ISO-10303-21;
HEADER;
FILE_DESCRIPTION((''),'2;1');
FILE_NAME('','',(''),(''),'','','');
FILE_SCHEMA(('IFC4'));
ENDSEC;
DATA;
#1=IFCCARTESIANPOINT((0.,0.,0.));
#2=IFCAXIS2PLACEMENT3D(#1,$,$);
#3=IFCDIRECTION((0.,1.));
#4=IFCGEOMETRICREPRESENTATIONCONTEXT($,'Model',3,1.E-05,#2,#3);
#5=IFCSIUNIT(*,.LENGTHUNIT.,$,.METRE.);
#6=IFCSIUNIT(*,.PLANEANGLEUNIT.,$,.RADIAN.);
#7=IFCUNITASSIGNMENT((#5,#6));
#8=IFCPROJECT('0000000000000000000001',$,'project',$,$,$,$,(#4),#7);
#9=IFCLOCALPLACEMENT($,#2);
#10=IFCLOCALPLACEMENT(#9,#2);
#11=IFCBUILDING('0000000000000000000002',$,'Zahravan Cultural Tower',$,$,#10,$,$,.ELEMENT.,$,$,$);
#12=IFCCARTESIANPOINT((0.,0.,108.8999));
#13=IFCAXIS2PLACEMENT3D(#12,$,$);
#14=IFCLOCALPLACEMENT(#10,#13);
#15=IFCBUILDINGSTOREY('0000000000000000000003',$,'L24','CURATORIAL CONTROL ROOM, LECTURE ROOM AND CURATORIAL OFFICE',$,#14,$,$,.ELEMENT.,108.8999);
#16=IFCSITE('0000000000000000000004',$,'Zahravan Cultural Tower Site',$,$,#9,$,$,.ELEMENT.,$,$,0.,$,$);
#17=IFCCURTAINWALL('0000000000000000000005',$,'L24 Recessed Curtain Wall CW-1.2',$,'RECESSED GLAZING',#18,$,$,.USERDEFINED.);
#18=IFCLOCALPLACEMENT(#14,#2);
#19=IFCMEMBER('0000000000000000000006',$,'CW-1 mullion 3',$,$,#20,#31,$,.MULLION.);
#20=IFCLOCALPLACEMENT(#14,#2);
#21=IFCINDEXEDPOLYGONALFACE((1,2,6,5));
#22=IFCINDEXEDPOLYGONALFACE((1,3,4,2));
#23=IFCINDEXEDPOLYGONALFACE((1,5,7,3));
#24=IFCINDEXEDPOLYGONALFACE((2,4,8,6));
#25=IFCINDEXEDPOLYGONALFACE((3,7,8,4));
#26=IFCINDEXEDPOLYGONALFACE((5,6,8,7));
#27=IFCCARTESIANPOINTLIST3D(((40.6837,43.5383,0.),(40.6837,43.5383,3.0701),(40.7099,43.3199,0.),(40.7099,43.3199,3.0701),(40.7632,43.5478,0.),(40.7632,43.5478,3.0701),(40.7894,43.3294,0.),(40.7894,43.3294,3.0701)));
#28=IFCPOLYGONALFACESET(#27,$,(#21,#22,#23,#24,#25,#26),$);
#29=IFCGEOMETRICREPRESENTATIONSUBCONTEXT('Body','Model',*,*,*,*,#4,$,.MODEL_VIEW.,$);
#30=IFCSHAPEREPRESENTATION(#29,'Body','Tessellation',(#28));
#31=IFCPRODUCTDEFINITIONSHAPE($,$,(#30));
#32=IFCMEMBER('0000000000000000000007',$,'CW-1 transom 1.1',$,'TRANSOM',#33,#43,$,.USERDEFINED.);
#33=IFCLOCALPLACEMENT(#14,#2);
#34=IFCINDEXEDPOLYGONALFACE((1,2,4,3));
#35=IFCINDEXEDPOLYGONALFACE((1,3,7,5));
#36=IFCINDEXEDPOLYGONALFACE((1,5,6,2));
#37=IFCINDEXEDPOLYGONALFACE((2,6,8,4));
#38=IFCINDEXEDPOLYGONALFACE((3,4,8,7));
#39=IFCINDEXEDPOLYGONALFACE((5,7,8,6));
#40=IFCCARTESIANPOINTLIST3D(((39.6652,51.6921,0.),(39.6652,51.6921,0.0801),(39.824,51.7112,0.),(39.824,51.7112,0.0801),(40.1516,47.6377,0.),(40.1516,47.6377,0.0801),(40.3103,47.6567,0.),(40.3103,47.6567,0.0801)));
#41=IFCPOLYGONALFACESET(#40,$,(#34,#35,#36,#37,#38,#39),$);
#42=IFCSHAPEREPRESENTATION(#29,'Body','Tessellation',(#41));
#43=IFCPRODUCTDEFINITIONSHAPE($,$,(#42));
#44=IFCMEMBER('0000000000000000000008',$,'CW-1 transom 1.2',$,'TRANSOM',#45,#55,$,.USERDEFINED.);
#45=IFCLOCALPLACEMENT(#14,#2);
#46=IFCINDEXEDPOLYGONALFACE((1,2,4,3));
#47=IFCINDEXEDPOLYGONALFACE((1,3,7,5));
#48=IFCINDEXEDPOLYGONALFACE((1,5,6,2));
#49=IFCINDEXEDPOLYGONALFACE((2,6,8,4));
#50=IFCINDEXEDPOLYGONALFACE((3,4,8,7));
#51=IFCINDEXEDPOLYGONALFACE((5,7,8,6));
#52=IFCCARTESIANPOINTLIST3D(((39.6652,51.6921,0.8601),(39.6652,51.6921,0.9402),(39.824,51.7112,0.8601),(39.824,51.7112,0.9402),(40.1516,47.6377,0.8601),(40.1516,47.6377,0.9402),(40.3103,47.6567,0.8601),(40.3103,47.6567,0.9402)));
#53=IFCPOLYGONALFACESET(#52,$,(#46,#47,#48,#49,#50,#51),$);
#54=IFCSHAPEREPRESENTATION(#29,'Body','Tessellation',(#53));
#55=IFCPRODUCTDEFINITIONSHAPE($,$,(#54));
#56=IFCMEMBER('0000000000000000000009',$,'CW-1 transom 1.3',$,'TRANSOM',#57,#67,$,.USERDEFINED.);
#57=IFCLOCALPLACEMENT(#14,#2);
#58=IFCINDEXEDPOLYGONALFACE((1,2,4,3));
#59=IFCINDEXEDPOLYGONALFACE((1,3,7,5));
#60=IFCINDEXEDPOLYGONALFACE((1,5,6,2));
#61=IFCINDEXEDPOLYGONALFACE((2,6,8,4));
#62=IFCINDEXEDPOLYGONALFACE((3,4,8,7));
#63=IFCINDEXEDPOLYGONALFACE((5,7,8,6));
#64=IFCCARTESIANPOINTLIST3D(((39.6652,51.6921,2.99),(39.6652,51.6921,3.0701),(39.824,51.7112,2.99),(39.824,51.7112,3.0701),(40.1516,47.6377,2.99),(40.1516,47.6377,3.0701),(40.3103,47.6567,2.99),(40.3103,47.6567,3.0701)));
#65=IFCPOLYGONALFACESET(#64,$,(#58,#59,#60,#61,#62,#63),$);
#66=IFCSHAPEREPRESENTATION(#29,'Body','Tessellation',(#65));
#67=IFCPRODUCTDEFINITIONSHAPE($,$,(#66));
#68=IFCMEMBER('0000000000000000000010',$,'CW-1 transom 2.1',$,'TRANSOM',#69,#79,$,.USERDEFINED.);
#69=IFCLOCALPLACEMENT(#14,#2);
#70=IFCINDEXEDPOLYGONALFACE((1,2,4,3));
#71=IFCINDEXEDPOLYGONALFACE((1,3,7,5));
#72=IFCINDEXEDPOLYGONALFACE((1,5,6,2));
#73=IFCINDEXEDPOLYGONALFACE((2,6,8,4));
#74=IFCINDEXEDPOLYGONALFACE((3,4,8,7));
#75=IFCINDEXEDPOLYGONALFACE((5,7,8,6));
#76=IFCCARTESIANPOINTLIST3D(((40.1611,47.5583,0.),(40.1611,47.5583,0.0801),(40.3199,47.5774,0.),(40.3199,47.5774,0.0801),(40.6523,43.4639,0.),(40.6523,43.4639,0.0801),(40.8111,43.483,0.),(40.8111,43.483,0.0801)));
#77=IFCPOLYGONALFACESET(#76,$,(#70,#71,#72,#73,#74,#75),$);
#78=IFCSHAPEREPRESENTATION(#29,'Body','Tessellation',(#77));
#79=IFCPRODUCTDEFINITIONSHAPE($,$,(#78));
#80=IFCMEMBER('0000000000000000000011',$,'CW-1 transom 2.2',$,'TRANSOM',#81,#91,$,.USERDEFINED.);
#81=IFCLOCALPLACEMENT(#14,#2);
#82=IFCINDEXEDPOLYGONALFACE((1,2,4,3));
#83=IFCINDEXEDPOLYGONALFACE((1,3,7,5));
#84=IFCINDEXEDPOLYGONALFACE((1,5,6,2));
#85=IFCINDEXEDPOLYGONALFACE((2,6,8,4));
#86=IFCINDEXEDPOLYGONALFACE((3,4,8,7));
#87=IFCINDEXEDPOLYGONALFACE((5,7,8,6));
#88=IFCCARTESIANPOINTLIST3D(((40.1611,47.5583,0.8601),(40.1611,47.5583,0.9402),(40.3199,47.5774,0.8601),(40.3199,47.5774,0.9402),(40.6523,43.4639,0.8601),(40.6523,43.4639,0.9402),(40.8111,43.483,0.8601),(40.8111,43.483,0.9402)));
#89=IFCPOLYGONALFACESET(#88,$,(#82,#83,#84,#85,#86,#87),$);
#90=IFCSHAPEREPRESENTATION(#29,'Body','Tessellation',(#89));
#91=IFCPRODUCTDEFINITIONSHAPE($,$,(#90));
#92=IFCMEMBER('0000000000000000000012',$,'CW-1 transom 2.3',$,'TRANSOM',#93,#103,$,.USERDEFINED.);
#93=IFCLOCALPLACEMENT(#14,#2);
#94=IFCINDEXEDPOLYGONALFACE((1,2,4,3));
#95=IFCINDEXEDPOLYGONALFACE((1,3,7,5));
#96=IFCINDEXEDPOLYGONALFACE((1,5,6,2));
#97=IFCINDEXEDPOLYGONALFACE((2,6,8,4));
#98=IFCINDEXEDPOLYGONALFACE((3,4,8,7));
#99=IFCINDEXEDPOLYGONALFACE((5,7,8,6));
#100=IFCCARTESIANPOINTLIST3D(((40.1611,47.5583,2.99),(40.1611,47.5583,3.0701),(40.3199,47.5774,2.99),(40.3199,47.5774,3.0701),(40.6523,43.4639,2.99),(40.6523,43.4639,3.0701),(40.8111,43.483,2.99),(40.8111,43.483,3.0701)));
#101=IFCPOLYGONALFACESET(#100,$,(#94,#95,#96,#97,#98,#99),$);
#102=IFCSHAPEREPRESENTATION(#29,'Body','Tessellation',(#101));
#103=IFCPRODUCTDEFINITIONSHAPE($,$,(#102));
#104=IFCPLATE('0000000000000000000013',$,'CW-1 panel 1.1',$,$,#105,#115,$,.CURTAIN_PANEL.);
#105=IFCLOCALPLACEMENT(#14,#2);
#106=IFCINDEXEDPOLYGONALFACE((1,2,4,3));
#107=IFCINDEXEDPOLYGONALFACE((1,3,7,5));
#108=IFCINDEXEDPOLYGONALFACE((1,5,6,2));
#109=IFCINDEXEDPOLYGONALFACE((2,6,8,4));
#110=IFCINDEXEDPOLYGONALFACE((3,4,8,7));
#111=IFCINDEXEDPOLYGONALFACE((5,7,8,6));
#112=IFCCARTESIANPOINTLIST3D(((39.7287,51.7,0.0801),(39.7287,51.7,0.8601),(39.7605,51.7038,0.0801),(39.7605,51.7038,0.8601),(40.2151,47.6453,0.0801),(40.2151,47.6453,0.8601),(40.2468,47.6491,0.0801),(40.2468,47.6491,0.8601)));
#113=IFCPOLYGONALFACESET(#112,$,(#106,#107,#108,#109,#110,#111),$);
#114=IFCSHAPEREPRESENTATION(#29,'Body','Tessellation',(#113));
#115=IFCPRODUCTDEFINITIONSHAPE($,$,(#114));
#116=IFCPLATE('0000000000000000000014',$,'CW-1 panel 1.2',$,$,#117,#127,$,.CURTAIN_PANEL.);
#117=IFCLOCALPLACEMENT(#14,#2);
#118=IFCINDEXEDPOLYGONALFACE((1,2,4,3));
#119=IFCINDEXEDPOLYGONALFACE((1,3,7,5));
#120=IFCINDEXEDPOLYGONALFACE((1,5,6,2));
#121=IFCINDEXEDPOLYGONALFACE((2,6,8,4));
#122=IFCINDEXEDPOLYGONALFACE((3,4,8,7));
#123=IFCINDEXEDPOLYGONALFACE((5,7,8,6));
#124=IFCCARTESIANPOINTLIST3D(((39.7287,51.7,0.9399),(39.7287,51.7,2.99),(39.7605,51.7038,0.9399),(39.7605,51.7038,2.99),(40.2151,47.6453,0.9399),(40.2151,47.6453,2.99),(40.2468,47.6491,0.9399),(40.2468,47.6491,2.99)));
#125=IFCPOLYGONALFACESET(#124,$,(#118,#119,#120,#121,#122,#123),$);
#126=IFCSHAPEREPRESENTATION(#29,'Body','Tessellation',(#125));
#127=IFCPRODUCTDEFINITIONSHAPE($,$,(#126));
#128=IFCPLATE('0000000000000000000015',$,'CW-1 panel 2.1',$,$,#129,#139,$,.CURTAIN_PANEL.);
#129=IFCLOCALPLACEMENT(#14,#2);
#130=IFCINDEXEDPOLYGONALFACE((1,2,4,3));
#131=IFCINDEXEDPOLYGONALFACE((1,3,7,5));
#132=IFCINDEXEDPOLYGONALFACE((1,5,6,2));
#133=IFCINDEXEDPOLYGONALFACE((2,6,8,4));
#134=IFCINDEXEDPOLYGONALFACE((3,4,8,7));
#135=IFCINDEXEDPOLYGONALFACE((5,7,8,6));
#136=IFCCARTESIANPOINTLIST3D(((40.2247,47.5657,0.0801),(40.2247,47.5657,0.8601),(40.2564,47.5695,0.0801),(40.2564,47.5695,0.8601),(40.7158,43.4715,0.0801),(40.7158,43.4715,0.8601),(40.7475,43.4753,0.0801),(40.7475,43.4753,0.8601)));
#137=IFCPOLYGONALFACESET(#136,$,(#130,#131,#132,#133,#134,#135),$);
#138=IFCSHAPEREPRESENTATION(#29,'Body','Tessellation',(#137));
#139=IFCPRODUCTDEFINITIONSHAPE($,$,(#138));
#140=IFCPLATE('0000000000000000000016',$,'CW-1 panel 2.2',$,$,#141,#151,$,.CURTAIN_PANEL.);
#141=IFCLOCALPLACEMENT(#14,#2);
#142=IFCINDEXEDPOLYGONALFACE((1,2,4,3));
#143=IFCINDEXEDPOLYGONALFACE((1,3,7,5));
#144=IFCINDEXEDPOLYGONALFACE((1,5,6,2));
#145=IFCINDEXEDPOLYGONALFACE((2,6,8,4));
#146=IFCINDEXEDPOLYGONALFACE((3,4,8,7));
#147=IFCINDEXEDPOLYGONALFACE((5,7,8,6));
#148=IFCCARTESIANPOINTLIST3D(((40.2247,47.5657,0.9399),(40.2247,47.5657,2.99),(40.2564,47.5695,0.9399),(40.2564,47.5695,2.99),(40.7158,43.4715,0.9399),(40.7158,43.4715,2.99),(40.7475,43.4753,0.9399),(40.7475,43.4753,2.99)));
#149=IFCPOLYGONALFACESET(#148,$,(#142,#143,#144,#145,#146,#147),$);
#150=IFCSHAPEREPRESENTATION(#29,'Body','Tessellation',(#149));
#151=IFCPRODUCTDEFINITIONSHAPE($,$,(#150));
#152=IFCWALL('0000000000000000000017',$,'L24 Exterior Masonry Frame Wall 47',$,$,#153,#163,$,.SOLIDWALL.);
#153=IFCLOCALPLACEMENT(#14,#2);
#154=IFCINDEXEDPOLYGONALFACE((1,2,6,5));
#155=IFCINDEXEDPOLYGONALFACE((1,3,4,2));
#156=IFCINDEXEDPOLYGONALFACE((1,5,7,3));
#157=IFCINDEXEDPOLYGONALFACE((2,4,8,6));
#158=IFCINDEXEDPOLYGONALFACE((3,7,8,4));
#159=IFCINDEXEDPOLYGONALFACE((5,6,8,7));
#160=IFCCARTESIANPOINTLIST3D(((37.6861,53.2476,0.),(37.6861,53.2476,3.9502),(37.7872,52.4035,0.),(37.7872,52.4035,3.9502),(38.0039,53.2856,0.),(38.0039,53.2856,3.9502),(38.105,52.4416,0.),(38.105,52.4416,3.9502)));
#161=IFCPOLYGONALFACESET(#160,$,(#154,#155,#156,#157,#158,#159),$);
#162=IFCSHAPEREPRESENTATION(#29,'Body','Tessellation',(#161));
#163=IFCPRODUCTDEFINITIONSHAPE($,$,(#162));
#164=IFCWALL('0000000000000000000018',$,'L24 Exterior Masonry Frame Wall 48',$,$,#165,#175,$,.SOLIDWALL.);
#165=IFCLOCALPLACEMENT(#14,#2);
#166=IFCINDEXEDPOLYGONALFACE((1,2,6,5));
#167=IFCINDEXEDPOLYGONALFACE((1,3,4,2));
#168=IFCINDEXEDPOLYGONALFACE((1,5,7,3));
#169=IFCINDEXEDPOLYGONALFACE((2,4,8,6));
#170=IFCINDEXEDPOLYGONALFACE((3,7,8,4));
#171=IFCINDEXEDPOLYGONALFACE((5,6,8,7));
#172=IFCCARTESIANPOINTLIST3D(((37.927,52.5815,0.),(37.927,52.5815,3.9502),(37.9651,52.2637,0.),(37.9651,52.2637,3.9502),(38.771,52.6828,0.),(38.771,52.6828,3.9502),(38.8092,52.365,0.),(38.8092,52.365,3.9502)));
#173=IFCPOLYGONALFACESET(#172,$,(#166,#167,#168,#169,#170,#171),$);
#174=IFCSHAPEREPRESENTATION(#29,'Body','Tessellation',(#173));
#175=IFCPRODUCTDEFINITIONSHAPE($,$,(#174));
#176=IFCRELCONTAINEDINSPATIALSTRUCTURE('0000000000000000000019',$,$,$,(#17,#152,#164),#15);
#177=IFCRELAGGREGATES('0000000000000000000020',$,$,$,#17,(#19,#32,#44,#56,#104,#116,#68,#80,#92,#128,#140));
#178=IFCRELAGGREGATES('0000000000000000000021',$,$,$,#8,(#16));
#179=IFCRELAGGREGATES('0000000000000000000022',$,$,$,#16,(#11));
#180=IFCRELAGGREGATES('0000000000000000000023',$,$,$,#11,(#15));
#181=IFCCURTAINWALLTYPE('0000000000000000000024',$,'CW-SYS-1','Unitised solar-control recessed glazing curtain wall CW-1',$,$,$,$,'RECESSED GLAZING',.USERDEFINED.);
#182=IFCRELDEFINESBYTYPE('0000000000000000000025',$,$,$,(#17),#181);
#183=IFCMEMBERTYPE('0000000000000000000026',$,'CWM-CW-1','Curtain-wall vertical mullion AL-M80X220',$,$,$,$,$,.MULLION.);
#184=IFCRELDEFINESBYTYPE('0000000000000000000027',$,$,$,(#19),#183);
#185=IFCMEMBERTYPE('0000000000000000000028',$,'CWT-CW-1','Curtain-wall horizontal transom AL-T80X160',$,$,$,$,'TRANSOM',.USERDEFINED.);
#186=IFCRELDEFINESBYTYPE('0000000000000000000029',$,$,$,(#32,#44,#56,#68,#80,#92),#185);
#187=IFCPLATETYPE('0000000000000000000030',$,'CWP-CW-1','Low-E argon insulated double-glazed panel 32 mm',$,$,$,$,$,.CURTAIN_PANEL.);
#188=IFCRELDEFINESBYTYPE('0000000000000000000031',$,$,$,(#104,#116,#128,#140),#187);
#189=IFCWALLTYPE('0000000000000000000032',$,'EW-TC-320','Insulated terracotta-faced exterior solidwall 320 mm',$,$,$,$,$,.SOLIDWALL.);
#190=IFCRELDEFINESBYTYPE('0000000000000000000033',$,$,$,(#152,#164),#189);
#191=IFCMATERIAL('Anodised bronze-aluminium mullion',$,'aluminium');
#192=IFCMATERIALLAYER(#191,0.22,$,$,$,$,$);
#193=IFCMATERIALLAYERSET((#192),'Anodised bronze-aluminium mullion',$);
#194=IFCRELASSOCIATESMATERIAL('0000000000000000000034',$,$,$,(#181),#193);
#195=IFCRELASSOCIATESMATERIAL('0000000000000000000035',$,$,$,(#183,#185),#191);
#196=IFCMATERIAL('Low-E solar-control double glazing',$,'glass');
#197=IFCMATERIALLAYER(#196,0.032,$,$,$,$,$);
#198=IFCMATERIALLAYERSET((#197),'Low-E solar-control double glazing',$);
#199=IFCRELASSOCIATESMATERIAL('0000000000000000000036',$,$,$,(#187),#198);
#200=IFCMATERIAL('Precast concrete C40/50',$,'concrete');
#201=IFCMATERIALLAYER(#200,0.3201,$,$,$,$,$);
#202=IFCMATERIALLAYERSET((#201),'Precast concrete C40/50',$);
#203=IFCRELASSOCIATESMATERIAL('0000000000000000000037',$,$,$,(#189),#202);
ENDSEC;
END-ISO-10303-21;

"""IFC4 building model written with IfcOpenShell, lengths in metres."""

from ifc_helpers import new_model, si_unit, direction, frame, frame_2d, origin, origin_2d, place, context, subcontext, project, spatial, rectangle, extrude, source, transform, mapped, material, layer, layer_set, material_profile, profile_set, type_object, element, aggregate, save


model = new_model("IFC4")

# Units and contexts
model_context = context("Model", 3, precision=1e-05, world=origin(), true_north=direction((0.0, 1.0)))
body_context = subcontext(model_context, "Body", "Model", "MODEL_VIEW")
ifc_project = project(units=[si_unit("LENGTHUNIT", "METRE"), si_unit("PLANEANGLEUNIT", "RADIAN")], contexts=[model_context])

# Site, building, storey
site_placement = place(None, origin())
site = spatial("IfcSite", under=ifc_project, at=site_placement, Name="Zahravan Cultural Tower Site", CompositionType="ELEMENT", RefElevation=0.0)
building_placement = place(site_placement, origin())
building = spatial("IfcBuilding", under=site, at=building_placement, Name="Zahravan Cultural Tower", CompositionType="ELEMENT")
storey_placement = place(building_placement, frame((0.0, 0.0, 108.8999)))
storey = spatial("IfcBuildingStorey", under=building, at=storey_placement, Name="L24", Description="CURATORIAL CONTROL ROOM, LECTURE ROOM AND CURATORIAL OFFICE", CompositionType="ELEMENT", Elevation=108.8999)

# Curtain wall, members, plates
ifc_material_1 = material(Name="Anodised bronze-aluminium mullion", Category="aluminium")
ifc_layer_1 = layer(ifc_material_1, 0.22)
ifc_layer_set_1 = layer_set([ifc_layer_1], Name="Anodised bronze-aluminium mullion")
curtain_wall_type = type_object("IfcCurtainWallType", Name="CW-SYS-1", Description="Unitised solar-control recessed glazing curtain wall CW-1", ElementType="RECESSED GLAZING", PredefinedType="USERDEFINED", material=ifc_layer_set_1)
curtain_wall_placement = place(storey_placement, origin())
curtain_wall = element("IfcCurtainWall", 1, at=curtain_wall_placement, inside=storey, type_object=curtain_wall_type, Name="L24 Recessed Curtain Wall CW-1.2", ObjectType="RECESSED GLAZING", PredefinedType="USERDEFINED")
ifc_material_profile_1 = material_profile(ifc_material_1, rectangle(XDim=0.0801, YDim=0.22, at=origin_2d()), Name="AL-M80X220")
ifc_profile_set_1 = profile_set([ifc_material_profile_1], Name="Anodised bronze-aluminium mullion")
member_type_1 = type_object("IfcMemberType", Name="CWM-CW-1", Description="Curtain-wall vertical mullion AL-M80X220", PredefinedType="MULLION", material=ifc_profile_set_1)
shared_shape_1 = source(origin(), body_context, "Body", "SweptSolid", [
    extrude(rectangle(XDim=0.0801, YDim=0.22, at=origin_2d()), origin(), (0.0, 0.0, 1.0), 3.0701),
])
member_1_placement = place(storey_placement, frame((40.7366, 43.4338, 0.0), z_axis=(0.0, 0.0, 1.0), x_axis=(0.992883, 0.119095, 0.0)))
member_1 = element("IfcMember", 2, at=member_1_placement, type_object=member_type_1, Name="CW-1 mullion 3", PredefinedType="MULLION", context=body_context, shape_type="MappedRepresentation", body=[
    mapped(shared_shape_1, transform((0.0, 0.0, 0.0), x_axis=(1.0, 0.0, 0.0), y_axis=(0.0, 1.0, 0.0), z_axis=(0.0, 0.0, 1.0), scale=1.0)),
])
ifc_material_profile_2 = material_profile(ifc_material_1, rectangle(XDim=0.1599, YDim=0.0801, at=origin_2d()), Name="AL-T80X160")
ifc_profile_set_2 = profile_set([ifc_material_profile_2], Name="Anodised bronze-aluminium mullion")
member_type_2 = type_object("IfcMemberType", Name="CWT-CW-1", Description="Curtain-wall horizontal transom AL-T80X160", ElementType="TRANSOM", PredefinedType="USERDEFINED", material=ifc_profile_set_2)
shared_shape_2 = source(origin(), body_context, "Body", "SweptSolid", [
    extrude(rectangle(XDim=0.1599, YDim=0.0801, at=origin_2d()), origin(), (0.0, 0.0, 1.0), 4.0835),
])
member_2_placement = place(storey_placement, frame((39.7446, 51.7017, 0.04), z_axis=(0.119096, -0.992883, 0.0), x_axis=(0.992883, 0.119096, 0.0)))
member_2 = element("IfcMember", 3, at=member_2_placement, type_object=member_type_2, Name="CW-1 transom 1.1", ObjectType="TRANSOM", PredefinedType="USERDEFINED", context=body_context, shape_type="MappedRepresentation", body=[
    mapped(shared_shape_2, transform((0.0, 0.0, 0.0), x_axis=(1.0, 0.0, 0.0), y_axis=(0.0, 1.0, 0.0), z_axis=(0.0, 0.0, 1.0), scale=1.0)),
])
member_3_placement = place(storey_placement, frame((39.7446, 51.7017, 0.9001), z_axis=(0.119096, -0.992883, 0.0), x_axis=(0.992883, 0.119096, 0.0)))
member_3 = element("IfcMember", 4, at=member_3_placement, type_object=member_type_2, Name="CW-1 transom 1.2", ObjectType="TRANSOM", PredefinedType="USERDEFINED", context=body_context, shape_type="MappedRepresentation", body=[
    mapped(shared_shape_2, transform((0.0, 0.0, 0.0), x_axis=(1.0, 0.0, 0.0), y_axis=(0.0, 1.0, 0.0), z_axis=(0.0, 0.0, 1.0), scale=1.0)),
])
member_4_placement = place(storey_placement, frame((39.7446, 51.7017, 3.03), z_axis=(0.119096, -0.992883, 0.0), x_axis=(0.992883, 0.119096, 0.0)))
member_4 = element("IfcMember", 5, at=member_4_placement, type_object=member_type_2, Name="CW-1 transom 1.3", ObjectType="TRANSOM", PredefinedType="USERDEFINED", context=body_context, shape_type="MappedRepresentation", body=[
    mapped(shared_shape_2, transform((0.0, 0.0, 0.0), x_axis=(1.0, 0.0, 0.0), y_axis=(0.0, 1.0, 0.0), z_axis=(0.0, 0.0, 1.0), scale=1.0)),
])
shared_shape_3 = source(origin(), body_context, "Body", "SweptSolid", [
    extrude(rectangle(XDim=0.1599, YDim=0.0801, at=origin_2d()), origin(), (0.0, 0.0, 1.0), 4.1238),
])
member_5_placement = place(storey_placement, frame((40.2405, 47.5679, 0.04), z_axis=(0.119115, -0.99288, 0.0), x_axis=(0.99288, 0.119115, 0.0)))
member_5 = element("IfcMember", 6, at=member_5_placement, type_object=member_type_2, Name="CW-1 transom 2.1", ObjectType="TRANSOM", PredefinedType="USERDEFINED", context=body_context, shape_type="MappedRepresentation", body=[
    mapped(shared_shape_3, transform((0.0, 0.0, 0.0), x_axis=(1.0, 0.0, 0.0), y_axis=(0.0, 1.0, 0.0), z_axis=(0.0, 0.0, 1.0), scale=1.0)),
])
member_6_placement = place(storey_placement, frame((40.2405, 47.5679, 0.9001), z_axis=(0.119115, -0.99288, 0.0), x_axis=(0.99288, 0.119115, 0.0)))
member_6 = element("IfcMember", 7, at=member_6_placement, type_object=member_type_2, Name="CW-1 transom 2.2", ObjectType="TRANSOM", PredefinedType="USERDEFINED", context=body_context, shape_type="MappedRepresentation", body=[
    mapped(shared_shape_3, transform((0.0, 0.0, 0.0), x_axis=(1.0, 0.0, 0.0), y_axis=(0.0, 1.0, 0.0), z_axis=(0.0, 0.0, 1.0), scale=1.0)),
])
member_7_placement = place(storey_placement, frame((40.2405, 47.5679, 3.03), z_axis=(0.119115, -0.99288, 0.0), x_axis=(0.99288, 0.119115, 0.0)))
member_7 = element("IfcMember", 8, at=member_7_placement, type_object=member_type_2, Name="CW-1 transom 2.3", ObjectType="TRANSOM", PredefinedType="USERDEFINED", context=body_context, shape_type="MappedRepresentation", body=[
    mapped(shared_shape_3, transform((0.0, 0.0, 0.0), x_axis=(1.0, 0.0, 0.0), y_axis=(0.0, 1.0, 0.0), z_axis=(0.0, 0.0, 1.0), scale=1.0)),
])
ifc_material_2 = material(Name="Low-E solar-control double glazing", Category="glass")
ifc_layer_2 = layer(ifc_material_2, 0.032)
ifc_layer_set_2 = layer_set([ifc_layer_2], Name="Low-E solar-control double glazing")
plate_type = type_object("IfcPlateType", Name="CWP-CW-1", Description="Low-E argon insulated double-glazed panel 32 mm", PredefinedType="CURTAIN_PANEL", material=ifc_layer_set_2)
shared_shape_4 = source(origin(), body_context, "Body", "SweptSolid", [
    extrude(rectangle(XDim=4.0837, YDim=0.032, at=origin_2d()), origin(), (0.0, 0.0, 1.0), 0.78),
])
plate_1_placement = place(storey_placement, frame((39.9878, 49.6746, 0.0801), z_axis=(0.0, 0.0, 1.0), x_axis=(0.119095, -0.992883, 0.0)))
plate_1 = element("IfcPlate", 9, at=plate_1_placement, type_object=plate_type, Name="CW-1 panel 1.1", PredefinedType="CURTAIN_PANEL", context=body_context, shape_type="MappedRepresentation", body=[
    mapped(shared_shape_4, transform((0.0, 0.0, 0.0), x_axis=(1.0, 0.0, 0.0), y_axis=(0.0, 1.0, 0.0), z_axis=(0.0, 0.0, 1.0), scale=1.0)),
])
shared_shape_5 = source(origin(), body_context, "Body", "SweptSolid", [
    extrude(rectangle(XDim=4.0837, YDim=0.032, at=origin_2d()), origin(), (0.0, 0.0, 1.0), 2.05),
])
plate_2_placement = place(storey_placement, frame((39.9878, 49.6746, 0.9399), z_axis=(0.0, 0.0, 1.0), x_axis=(0.119095, -0.992883, 0.0)))
plate_2 = element("IfcPlate", 10, at=plate_2_placement, type_object=plate_type, Name="CW-1 panel 1.2", PredefinedType="CURTAIN_PANEL", context=body_context, shape_type="MappedRepresentation", body=[
    mapped(shared_shape_5, transform((0.0, 0.0, 0.0), x_axis=(1.0, 0.0, 0.0), y_axis=(0.0, 1.0, 0.0), z_axis=(0.0, 0.0, 1.0), scale=1.0)),
])
shared_shape_6 = source(origin(), body_context, "Body", "SweptSolid", [
    extrude(rectangle(XDim=4.1235, YDim=0.032, at=origin_2d()), origin(), (0.0, 0.0, 1.0), 0.78),
])
plate_3_placement = place(storey_placement, frame((40.4861, 45.5205, 0.0801), z_axis=(0.0, 0.0, 1.0), x_axis=(0.119095, -0.992883, 0.0)))
plate_3 = element("IfcPlate", 11, at=plate_3_placement, type_object=plate_type, Name="CW-1 panel 2.1", PredefinedType="CURTAIN_PANEL", context=body_context, shape_type="MappedRepresentation", body=[
    mapped(shared_shape_6, transform((0.0, 0.0, 0.0), x_axis=(1.0, 0.0, 0.0), y_axis=(0.0, 1.0, 0.0), z_axis=(0.0, 0.0, 1.0), scale=1.0)),
])
shared_shape_7 = source(origin(), body_context, "Body", "SweptSolid", [
    extrude(rectangle(XDim=4.1235, YDim=0.032, at=origin_2d()), origin(), (0.0, 0.0, 1.0), 2.05),
])
plate_4_placement = place(storey_placement, frame((40.4861, 45.5205, 0.9399), z_axis=(0.0, 0.0, 1.0), x_axis=(0.119095, -0.992883, 0.0)))
plate_4 = element("IfcPlate", 12, at=plate_4_placement, type_object=plate_type, Name="CW-1 panel 2.2", PredefinedType="CURTAIN_PANEL", context=body_context, shape_type="MappedRepresentation", body=[
    mapped(shared_shape_7, transform((0.0, 0.0, 0.0), x_axis=(1.0, 0.0, 0.0), y_axis=(0.0, 1.0, 0.0), z_axis=(0.0, 0.0, 1.0), scale=1.0)),
])
aggregate(curtain_wall, [member_1, member_2, member_3, member_4, plate_1, plate_2, member_5, member_6, member_7, plate_3, plate_4])

# Walls
ifc_material_3 = material(Name="Precast concrete C40/50", Category="concrete")
ifc_layer_3 = layer(ifc_material_3, 0.3201)
ifc_layer_set_3 = layer_set([ifc_layer_3], Name="Precast concrete C40/50")
wall_type = type_object("IfcWallType", Name="EW-TC-320", Description="Insulated terracotta-faced exterior solidwall 320 mm", PredefinedType="SOLIDWALL", material=ifc_layer_set_3)
shared_shape_8 = source(origin(), body_context, "Body", "SweptSolid", [
    extrude(rectangle(XDim=0.8501, YDim=0.3201, at=frame_2d((0.425, 0.0))), origin(), (0.0, 0.0, 1.0), 3.9502),
])
for number, where, z_axis, x_axis, name in (
    (13, (37.845, 53.2666, 0.0), (0.0, 0.0, 1.0), (0.118907, -0.992905, 0.0), "L24 Exterior Masonry Frame Wall 47"),
    (14, (37.946, 52.4226, 0.0), (0.0, 0.0, 1.0), (0.992871, 0.119191, 0.0), "L24 Exterior Masonry Frame Wall 48"),
):
    element("IfcWall", number, at=place(storey_placement, frame(where, z_axis=z_axis, x_axis=x_axis)), inside=storey, type_object=wall_type, Name=name, PredefinedType="SOLIDWALL", context=body_context, shape_type="MappedRepresentation", body=[
        mapped(shared_shape_8, transform((0.0, 0.0, 0.0), x_axis=(1.0, 0.0, 0.0), y_axis=(0.0, 1.0, 0.0), z_axis=(0.0, 0.0, 1.0), scale=1.0)),
    ])

save(model, "model.ifc")
